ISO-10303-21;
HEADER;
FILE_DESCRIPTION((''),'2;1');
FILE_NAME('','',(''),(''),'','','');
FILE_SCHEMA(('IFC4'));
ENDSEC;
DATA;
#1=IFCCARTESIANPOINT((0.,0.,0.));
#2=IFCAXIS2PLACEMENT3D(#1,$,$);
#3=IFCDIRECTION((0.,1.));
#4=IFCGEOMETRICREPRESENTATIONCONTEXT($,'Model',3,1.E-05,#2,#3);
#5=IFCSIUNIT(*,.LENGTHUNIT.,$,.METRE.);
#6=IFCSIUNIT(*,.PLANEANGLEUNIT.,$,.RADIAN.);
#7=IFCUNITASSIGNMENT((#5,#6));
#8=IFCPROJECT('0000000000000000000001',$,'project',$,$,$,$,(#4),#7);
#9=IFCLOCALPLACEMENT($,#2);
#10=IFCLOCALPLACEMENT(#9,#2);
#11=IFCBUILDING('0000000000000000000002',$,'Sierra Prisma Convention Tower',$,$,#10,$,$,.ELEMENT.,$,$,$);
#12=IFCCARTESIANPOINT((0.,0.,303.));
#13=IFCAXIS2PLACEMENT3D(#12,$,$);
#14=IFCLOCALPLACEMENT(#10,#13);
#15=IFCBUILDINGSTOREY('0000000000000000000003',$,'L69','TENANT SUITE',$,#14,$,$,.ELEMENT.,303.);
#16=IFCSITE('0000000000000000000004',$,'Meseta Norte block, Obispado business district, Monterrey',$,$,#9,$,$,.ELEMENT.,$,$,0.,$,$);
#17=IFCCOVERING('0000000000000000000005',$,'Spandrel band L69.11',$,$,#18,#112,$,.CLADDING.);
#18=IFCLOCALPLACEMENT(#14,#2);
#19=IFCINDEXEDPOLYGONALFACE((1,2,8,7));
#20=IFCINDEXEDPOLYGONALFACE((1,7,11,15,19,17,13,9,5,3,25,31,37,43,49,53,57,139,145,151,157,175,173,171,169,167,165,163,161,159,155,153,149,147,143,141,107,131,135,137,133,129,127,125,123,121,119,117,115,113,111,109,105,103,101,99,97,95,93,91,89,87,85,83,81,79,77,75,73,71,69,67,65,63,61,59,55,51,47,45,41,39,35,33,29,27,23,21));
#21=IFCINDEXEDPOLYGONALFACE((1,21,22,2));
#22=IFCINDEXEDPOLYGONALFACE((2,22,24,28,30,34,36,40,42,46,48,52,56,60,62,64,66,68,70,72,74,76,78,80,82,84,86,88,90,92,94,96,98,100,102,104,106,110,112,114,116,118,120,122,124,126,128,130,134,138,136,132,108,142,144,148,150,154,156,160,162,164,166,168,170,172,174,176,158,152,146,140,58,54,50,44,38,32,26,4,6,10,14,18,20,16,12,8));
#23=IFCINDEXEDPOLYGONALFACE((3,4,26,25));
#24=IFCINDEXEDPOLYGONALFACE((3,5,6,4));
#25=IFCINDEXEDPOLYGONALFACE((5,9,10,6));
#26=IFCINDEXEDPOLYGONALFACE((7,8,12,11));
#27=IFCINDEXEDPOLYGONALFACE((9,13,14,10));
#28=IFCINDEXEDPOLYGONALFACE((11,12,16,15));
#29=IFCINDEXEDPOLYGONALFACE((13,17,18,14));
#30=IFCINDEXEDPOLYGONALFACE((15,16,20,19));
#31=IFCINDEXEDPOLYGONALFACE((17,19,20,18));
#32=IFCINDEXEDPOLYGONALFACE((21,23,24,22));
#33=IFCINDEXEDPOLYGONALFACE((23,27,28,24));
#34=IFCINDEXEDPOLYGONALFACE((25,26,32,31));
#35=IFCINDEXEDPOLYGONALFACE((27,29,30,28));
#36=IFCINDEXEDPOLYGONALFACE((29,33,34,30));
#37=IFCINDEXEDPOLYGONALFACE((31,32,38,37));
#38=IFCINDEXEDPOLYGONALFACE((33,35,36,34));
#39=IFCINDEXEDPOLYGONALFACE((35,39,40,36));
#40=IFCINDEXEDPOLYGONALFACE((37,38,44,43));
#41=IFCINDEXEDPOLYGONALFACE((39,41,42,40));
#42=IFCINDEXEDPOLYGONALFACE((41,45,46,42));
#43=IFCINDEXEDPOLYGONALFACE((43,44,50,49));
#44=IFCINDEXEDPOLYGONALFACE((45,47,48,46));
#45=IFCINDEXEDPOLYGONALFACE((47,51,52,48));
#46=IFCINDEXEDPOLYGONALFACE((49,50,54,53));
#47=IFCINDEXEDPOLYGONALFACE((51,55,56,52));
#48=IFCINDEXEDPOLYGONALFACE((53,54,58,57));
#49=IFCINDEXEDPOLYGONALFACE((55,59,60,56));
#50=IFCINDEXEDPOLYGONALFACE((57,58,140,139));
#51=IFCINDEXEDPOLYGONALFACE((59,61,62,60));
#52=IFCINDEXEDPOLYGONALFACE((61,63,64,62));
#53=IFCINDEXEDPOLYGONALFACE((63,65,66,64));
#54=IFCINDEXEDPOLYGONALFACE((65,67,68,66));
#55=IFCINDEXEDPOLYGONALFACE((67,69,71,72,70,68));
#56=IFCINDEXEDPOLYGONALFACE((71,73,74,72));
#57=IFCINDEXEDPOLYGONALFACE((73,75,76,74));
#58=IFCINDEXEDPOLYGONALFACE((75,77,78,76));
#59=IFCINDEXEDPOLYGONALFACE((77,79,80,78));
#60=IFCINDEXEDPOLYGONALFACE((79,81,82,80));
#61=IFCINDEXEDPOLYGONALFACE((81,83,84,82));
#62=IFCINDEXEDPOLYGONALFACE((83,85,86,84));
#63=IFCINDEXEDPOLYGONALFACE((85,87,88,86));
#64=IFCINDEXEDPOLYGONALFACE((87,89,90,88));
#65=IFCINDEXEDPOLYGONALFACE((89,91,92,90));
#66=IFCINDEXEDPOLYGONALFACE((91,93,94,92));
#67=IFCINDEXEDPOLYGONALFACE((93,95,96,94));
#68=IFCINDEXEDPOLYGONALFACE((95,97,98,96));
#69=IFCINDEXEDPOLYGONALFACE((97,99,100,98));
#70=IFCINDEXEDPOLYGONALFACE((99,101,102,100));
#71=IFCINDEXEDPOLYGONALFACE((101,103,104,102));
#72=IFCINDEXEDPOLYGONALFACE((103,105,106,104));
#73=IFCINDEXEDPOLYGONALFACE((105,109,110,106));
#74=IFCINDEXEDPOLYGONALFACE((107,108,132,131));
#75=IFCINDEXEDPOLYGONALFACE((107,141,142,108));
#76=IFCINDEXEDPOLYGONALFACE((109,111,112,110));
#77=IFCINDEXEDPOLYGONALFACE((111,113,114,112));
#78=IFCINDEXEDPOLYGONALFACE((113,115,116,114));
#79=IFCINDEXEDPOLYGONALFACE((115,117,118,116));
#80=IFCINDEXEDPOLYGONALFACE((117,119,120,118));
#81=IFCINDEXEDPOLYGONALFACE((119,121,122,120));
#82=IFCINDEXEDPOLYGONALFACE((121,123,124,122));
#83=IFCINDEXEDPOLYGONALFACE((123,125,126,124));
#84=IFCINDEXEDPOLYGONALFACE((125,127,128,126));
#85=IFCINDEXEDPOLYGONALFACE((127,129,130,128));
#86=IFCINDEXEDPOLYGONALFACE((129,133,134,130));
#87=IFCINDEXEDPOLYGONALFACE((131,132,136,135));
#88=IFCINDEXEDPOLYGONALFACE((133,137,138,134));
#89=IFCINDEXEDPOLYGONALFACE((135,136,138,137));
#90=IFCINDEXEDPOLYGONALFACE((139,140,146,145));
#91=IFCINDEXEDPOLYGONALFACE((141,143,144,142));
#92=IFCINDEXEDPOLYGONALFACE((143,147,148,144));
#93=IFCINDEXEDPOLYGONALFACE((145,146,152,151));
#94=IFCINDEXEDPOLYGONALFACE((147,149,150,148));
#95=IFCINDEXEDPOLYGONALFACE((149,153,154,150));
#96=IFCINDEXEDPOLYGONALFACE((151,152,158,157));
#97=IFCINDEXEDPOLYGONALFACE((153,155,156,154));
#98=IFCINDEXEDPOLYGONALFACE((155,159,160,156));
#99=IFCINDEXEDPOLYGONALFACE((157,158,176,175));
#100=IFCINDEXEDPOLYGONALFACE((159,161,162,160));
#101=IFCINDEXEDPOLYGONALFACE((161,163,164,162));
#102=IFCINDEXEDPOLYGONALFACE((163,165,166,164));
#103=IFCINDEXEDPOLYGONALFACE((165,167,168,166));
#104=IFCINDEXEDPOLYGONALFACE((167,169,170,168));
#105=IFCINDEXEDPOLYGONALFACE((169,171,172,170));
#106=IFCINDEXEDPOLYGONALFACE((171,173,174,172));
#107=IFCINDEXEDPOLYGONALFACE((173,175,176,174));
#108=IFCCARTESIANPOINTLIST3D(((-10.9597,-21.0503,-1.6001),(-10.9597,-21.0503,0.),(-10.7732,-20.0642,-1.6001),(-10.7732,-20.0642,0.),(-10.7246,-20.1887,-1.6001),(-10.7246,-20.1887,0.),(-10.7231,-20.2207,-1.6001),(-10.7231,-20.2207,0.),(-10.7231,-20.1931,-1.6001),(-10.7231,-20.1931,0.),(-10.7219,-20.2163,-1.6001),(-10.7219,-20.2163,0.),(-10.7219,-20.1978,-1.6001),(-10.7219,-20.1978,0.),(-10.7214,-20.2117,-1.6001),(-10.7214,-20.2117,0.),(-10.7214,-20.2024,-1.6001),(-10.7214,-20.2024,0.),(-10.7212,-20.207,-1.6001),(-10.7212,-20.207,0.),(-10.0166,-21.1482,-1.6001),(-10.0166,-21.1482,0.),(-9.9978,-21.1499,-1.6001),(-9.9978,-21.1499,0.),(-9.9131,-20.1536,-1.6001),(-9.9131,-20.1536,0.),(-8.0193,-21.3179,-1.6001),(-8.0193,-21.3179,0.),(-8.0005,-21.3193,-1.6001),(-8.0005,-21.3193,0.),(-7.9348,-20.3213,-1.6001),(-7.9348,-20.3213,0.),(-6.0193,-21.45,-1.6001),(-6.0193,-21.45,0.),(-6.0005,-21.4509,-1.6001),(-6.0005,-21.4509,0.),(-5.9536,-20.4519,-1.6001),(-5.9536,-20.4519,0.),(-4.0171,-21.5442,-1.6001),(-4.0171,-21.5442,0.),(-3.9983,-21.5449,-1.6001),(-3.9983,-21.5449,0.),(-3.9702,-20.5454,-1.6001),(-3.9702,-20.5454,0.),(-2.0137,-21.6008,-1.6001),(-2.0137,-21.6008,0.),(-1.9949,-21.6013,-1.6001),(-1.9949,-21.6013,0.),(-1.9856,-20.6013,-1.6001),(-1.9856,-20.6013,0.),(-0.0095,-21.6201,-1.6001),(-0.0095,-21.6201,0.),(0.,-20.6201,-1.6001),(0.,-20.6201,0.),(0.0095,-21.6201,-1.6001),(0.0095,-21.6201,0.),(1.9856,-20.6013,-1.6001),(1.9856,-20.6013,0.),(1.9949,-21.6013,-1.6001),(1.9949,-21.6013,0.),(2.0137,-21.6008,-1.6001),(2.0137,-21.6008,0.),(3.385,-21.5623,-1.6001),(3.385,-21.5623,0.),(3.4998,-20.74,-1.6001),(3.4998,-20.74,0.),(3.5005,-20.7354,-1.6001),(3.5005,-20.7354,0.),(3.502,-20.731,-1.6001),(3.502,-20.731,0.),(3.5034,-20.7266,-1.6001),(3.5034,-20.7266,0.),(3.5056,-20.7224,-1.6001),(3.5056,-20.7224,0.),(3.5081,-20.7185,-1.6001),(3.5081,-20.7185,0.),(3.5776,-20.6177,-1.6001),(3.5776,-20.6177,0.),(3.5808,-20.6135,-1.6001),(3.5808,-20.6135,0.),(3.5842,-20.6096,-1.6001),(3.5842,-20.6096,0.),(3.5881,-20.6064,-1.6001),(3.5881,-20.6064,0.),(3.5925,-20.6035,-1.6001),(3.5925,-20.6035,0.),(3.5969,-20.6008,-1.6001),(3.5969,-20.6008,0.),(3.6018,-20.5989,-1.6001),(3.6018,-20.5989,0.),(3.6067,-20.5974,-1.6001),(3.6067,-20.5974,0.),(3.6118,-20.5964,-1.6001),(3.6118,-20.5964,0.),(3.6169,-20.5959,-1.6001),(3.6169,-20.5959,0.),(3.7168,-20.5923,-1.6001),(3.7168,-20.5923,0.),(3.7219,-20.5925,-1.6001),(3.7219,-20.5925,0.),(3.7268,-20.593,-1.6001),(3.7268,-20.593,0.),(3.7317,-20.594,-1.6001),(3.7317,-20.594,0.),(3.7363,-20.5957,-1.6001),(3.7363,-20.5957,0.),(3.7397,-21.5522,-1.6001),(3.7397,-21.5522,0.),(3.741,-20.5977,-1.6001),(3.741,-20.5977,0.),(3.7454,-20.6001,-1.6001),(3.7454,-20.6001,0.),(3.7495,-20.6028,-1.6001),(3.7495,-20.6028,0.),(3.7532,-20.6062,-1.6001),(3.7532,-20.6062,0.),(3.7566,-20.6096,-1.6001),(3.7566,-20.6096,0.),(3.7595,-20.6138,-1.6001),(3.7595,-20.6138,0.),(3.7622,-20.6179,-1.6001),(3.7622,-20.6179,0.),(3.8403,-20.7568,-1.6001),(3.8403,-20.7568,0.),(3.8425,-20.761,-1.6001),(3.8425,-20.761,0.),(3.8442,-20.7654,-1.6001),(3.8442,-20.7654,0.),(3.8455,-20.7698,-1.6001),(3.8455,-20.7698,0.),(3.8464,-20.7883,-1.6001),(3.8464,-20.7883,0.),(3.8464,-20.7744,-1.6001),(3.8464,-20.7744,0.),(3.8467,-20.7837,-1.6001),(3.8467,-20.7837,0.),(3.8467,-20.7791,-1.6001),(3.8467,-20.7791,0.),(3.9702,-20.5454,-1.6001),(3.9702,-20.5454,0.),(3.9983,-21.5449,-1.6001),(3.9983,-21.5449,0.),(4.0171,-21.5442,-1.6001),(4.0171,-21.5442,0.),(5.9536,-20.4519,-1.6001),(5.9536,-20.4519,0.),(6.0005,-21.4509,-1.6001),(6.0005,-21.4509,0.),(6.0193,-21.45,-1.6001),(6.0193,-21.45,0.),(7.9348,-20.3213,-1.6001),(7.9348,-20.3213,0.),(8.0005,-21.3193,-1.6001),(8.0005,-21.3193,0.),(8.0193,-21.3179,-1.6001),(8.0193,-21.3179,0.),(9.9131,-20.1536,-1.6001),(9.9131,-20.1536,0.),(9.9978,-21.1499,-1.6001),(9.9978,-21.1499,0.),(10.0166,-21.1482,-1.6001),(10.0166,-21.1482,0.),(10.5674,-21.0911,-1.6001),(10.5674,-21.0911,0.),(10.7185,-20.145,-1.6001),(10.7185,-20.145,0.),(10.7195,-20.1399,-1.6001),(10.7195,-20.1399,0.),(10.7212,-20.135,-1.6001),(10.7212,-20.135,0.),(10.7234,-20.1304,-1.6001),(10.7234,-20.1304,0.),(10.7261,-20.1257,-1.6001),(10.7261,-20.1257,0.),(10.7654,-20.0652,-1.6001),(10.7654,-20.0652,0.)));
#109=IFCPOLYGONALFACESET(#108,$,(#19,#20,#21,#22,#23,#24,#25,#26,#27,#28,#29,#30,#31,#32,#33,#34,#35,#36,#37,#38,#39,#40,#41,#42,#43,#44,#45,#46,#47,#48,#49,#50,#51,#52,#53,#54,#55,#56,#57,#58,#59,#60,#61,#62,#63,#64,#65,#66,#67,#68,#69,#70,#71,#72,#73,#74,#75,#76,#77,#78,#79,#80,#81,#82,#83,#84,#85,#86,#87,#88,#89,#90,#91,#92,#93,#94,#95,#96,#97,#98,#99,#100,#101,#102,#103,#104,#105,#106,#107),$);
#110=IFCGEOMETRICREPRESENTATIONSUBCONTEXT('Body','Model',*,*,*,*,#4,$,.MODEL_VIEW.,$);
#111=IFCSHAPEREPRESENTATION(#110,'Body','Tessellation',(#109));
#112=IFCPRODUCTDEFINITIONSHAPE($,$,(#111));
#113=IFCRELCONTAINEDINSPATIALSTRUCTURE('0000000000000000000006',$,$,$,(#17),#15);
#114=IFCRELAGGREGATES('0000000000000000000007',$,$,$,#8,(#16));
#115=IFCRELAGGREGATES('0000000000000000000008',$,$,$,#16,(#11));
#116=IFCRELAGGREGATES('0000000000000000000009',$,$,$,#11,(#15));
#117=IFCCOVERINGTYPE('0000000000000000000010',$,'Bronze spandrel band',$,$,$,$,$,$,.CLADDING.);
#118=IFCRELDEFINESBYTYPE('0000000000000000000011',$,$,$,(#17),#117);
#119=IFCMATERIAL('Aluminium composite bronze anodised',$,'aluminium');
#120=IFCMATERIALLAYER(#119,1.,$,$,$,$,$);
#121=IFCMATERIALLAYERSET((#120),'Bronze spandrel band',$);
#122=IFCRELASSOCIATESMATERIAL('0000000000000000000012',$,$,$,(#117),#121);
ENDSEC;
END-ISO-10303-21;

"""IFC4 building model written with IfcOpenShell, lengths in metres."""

from ifc_helpers import new_model, si_unit, direction, frame, origin, place, context, subcontext, project, spatial, polyline, outline, extrude, material, layer, layer_set, type_object, element, save


model = new_model("IFC4")

# Units and contexts
model_context = context("Model", 3, precision=1e-05, world=origin(), true_north=direction((0.0, 1.0)))
body_context = subcontext(model_context, "Body", "Model", "MODEL_VIEW")
ifc_project = project(units=[si_unit("LENGTHUNIT", "METRE"), si_unit("PLANEANGLEUNIT", "RADIAN")], contexts=[model_context])

# Site, building, storey
site_placement = place(None, origin())
site = spatial("IfcSite", under=ifc_project, at=site_placement, Name="Meseta Norte block, Obispado business district, Monterrey", CompositionType="ELEMENT", RefElevation=0.0)
building_placement = place(site_placement, origin())
building = spatial("IfcBuilding", under=site, at=building_placement, Name="Sierra Prisma Convention Tower", CompositionType="ELEMENT")
storey_placement = place(building_placement, frame((0.0, 0.0, 303.0)))
storey = spatial("IfcBuildingStorey", under=building, at=storey_placement, Name="L69", Description="TENANT SUITE", CompositionType="ELEMENT", Elevation=303.0)

# Covering
ifc_material_1 = material(Name="Aluminium composite bronze anodised", Category="aluminium")
ifc_layer_1 = layer(ifc_material_1, 1.0)
ifc_layer_set_1 = layer_set([ifc_layer_1], Name="Bronze spandrel band")
covering_type_1 = type_object("IfcCoveringType", Name="Bronze spandrel band", PredefinedType="CLADDING", material=ifc_layer_set_1)
covering_1_placement = place(storey_placement, frame((0.0, 0.0, -1.6001)))
element("IfcCovering", 1, at=covering_1_placement, inside=storey, type_object=covering_type_1, Name="Spandrel band L69.11", PredefinedType="CLADDING", context=body_context, shape_type="SweptSolid", body=[
    extrude(outline(polyline([(3.8467, -20.7837), (3.8467, -20.7791), (3.8464, -20.7744), (3.8455, -20.7698), (3.8442, -20.7654), (3.8425, -20.761), (3.8403, -20.7568), (3.7622, -20.6179), (3.7595, -20.6138), (3.7566, -20.6096), (3.7532, -20.6062), (3.7495, -20.6028), (3.7454, -20.6001), (3.741, -20.5977), (3.7363, -20.5957), (3.7317, -20.594), (3.7268, -20.593), (3.7219, -20.5925), (3.7168, -20.5923), (3.6169, -20.5959), (3.6118, -20.5964), (3.6067, -20.5974), (3.6018, -20.5989), (3.5969, -20.6008), (3.5925, -20.6035), (3.5881, -20.6064), (3.5842, -20.6096), (3.5808, -20.6135), (3.5776, -20.6177), (3.5081, -20.7185), (3.5056, -20.7224), (3.5034, -20.7266), (3.502, -20.731), (3.5005, -20.7354), (3.4998, -20.74), (3.385, -21.5623), (2.0137, -21.6008), (1.9949, -21.6013), (0.0095, -21.6201), (-0.0095, -21.6201), (-1.9949, -21.6013), (-2.0137, -21.6008), (-3.9983, -21.5449), (-4.0171, -21.5442), (-6.0005, -21.4509), (-6.0193, -21.45), (-8.0005, -21.3193), (-8.0193, -21.3179), (-9.9978, -21.1499), (-10.0166, -21.1482), (-10.9597, -21.0503), (-10.7231, -20.2207), (-10.7219, -20.2163), (-10.7214, -20.2117), (-10.7212, -20.207), (-10.7214, -20.2024), (-10.7219, -20.1978), (-10.7231, -20.1931), (-10.7246, -20.1887), (-10.7732, -20.0642), (-9.9131, -20.1536), (-7.9348, -20.3213), (-5.9536, -20.4519), (-3.9702, -20.5454), (-1.9856, -20.6013), (0.0, -20.6201), (1.9856, -20.6013), (3.9702, -20.5454), (5.9536, -20.4519), (7.9348, -20.3213), (9.9131, -20.1536), (10.7654, -20.0652), (10.7261, -20.1257), (10.7234, -20.1304), (10.7212, -20.135), (10.7195, -20.1399), (10.7185, -20.145), (10.5674, -21.0911), (10.0166, -21.1482), (9.9978, -21.1499), (8.0193, -21.3179), (8.0005, -21.3193), (6.0193, -21.45), (6.0005, -21.4509), (4.0171, -21.5442), (3.9983, -21.5449), (3.7397, -21.5522), (3.8464, -20.7883), (3.8467, -20.7837)])), origin(), (0.0, 0.0, 1.0), 1.6001),
])

save(model, "model.ifc")
